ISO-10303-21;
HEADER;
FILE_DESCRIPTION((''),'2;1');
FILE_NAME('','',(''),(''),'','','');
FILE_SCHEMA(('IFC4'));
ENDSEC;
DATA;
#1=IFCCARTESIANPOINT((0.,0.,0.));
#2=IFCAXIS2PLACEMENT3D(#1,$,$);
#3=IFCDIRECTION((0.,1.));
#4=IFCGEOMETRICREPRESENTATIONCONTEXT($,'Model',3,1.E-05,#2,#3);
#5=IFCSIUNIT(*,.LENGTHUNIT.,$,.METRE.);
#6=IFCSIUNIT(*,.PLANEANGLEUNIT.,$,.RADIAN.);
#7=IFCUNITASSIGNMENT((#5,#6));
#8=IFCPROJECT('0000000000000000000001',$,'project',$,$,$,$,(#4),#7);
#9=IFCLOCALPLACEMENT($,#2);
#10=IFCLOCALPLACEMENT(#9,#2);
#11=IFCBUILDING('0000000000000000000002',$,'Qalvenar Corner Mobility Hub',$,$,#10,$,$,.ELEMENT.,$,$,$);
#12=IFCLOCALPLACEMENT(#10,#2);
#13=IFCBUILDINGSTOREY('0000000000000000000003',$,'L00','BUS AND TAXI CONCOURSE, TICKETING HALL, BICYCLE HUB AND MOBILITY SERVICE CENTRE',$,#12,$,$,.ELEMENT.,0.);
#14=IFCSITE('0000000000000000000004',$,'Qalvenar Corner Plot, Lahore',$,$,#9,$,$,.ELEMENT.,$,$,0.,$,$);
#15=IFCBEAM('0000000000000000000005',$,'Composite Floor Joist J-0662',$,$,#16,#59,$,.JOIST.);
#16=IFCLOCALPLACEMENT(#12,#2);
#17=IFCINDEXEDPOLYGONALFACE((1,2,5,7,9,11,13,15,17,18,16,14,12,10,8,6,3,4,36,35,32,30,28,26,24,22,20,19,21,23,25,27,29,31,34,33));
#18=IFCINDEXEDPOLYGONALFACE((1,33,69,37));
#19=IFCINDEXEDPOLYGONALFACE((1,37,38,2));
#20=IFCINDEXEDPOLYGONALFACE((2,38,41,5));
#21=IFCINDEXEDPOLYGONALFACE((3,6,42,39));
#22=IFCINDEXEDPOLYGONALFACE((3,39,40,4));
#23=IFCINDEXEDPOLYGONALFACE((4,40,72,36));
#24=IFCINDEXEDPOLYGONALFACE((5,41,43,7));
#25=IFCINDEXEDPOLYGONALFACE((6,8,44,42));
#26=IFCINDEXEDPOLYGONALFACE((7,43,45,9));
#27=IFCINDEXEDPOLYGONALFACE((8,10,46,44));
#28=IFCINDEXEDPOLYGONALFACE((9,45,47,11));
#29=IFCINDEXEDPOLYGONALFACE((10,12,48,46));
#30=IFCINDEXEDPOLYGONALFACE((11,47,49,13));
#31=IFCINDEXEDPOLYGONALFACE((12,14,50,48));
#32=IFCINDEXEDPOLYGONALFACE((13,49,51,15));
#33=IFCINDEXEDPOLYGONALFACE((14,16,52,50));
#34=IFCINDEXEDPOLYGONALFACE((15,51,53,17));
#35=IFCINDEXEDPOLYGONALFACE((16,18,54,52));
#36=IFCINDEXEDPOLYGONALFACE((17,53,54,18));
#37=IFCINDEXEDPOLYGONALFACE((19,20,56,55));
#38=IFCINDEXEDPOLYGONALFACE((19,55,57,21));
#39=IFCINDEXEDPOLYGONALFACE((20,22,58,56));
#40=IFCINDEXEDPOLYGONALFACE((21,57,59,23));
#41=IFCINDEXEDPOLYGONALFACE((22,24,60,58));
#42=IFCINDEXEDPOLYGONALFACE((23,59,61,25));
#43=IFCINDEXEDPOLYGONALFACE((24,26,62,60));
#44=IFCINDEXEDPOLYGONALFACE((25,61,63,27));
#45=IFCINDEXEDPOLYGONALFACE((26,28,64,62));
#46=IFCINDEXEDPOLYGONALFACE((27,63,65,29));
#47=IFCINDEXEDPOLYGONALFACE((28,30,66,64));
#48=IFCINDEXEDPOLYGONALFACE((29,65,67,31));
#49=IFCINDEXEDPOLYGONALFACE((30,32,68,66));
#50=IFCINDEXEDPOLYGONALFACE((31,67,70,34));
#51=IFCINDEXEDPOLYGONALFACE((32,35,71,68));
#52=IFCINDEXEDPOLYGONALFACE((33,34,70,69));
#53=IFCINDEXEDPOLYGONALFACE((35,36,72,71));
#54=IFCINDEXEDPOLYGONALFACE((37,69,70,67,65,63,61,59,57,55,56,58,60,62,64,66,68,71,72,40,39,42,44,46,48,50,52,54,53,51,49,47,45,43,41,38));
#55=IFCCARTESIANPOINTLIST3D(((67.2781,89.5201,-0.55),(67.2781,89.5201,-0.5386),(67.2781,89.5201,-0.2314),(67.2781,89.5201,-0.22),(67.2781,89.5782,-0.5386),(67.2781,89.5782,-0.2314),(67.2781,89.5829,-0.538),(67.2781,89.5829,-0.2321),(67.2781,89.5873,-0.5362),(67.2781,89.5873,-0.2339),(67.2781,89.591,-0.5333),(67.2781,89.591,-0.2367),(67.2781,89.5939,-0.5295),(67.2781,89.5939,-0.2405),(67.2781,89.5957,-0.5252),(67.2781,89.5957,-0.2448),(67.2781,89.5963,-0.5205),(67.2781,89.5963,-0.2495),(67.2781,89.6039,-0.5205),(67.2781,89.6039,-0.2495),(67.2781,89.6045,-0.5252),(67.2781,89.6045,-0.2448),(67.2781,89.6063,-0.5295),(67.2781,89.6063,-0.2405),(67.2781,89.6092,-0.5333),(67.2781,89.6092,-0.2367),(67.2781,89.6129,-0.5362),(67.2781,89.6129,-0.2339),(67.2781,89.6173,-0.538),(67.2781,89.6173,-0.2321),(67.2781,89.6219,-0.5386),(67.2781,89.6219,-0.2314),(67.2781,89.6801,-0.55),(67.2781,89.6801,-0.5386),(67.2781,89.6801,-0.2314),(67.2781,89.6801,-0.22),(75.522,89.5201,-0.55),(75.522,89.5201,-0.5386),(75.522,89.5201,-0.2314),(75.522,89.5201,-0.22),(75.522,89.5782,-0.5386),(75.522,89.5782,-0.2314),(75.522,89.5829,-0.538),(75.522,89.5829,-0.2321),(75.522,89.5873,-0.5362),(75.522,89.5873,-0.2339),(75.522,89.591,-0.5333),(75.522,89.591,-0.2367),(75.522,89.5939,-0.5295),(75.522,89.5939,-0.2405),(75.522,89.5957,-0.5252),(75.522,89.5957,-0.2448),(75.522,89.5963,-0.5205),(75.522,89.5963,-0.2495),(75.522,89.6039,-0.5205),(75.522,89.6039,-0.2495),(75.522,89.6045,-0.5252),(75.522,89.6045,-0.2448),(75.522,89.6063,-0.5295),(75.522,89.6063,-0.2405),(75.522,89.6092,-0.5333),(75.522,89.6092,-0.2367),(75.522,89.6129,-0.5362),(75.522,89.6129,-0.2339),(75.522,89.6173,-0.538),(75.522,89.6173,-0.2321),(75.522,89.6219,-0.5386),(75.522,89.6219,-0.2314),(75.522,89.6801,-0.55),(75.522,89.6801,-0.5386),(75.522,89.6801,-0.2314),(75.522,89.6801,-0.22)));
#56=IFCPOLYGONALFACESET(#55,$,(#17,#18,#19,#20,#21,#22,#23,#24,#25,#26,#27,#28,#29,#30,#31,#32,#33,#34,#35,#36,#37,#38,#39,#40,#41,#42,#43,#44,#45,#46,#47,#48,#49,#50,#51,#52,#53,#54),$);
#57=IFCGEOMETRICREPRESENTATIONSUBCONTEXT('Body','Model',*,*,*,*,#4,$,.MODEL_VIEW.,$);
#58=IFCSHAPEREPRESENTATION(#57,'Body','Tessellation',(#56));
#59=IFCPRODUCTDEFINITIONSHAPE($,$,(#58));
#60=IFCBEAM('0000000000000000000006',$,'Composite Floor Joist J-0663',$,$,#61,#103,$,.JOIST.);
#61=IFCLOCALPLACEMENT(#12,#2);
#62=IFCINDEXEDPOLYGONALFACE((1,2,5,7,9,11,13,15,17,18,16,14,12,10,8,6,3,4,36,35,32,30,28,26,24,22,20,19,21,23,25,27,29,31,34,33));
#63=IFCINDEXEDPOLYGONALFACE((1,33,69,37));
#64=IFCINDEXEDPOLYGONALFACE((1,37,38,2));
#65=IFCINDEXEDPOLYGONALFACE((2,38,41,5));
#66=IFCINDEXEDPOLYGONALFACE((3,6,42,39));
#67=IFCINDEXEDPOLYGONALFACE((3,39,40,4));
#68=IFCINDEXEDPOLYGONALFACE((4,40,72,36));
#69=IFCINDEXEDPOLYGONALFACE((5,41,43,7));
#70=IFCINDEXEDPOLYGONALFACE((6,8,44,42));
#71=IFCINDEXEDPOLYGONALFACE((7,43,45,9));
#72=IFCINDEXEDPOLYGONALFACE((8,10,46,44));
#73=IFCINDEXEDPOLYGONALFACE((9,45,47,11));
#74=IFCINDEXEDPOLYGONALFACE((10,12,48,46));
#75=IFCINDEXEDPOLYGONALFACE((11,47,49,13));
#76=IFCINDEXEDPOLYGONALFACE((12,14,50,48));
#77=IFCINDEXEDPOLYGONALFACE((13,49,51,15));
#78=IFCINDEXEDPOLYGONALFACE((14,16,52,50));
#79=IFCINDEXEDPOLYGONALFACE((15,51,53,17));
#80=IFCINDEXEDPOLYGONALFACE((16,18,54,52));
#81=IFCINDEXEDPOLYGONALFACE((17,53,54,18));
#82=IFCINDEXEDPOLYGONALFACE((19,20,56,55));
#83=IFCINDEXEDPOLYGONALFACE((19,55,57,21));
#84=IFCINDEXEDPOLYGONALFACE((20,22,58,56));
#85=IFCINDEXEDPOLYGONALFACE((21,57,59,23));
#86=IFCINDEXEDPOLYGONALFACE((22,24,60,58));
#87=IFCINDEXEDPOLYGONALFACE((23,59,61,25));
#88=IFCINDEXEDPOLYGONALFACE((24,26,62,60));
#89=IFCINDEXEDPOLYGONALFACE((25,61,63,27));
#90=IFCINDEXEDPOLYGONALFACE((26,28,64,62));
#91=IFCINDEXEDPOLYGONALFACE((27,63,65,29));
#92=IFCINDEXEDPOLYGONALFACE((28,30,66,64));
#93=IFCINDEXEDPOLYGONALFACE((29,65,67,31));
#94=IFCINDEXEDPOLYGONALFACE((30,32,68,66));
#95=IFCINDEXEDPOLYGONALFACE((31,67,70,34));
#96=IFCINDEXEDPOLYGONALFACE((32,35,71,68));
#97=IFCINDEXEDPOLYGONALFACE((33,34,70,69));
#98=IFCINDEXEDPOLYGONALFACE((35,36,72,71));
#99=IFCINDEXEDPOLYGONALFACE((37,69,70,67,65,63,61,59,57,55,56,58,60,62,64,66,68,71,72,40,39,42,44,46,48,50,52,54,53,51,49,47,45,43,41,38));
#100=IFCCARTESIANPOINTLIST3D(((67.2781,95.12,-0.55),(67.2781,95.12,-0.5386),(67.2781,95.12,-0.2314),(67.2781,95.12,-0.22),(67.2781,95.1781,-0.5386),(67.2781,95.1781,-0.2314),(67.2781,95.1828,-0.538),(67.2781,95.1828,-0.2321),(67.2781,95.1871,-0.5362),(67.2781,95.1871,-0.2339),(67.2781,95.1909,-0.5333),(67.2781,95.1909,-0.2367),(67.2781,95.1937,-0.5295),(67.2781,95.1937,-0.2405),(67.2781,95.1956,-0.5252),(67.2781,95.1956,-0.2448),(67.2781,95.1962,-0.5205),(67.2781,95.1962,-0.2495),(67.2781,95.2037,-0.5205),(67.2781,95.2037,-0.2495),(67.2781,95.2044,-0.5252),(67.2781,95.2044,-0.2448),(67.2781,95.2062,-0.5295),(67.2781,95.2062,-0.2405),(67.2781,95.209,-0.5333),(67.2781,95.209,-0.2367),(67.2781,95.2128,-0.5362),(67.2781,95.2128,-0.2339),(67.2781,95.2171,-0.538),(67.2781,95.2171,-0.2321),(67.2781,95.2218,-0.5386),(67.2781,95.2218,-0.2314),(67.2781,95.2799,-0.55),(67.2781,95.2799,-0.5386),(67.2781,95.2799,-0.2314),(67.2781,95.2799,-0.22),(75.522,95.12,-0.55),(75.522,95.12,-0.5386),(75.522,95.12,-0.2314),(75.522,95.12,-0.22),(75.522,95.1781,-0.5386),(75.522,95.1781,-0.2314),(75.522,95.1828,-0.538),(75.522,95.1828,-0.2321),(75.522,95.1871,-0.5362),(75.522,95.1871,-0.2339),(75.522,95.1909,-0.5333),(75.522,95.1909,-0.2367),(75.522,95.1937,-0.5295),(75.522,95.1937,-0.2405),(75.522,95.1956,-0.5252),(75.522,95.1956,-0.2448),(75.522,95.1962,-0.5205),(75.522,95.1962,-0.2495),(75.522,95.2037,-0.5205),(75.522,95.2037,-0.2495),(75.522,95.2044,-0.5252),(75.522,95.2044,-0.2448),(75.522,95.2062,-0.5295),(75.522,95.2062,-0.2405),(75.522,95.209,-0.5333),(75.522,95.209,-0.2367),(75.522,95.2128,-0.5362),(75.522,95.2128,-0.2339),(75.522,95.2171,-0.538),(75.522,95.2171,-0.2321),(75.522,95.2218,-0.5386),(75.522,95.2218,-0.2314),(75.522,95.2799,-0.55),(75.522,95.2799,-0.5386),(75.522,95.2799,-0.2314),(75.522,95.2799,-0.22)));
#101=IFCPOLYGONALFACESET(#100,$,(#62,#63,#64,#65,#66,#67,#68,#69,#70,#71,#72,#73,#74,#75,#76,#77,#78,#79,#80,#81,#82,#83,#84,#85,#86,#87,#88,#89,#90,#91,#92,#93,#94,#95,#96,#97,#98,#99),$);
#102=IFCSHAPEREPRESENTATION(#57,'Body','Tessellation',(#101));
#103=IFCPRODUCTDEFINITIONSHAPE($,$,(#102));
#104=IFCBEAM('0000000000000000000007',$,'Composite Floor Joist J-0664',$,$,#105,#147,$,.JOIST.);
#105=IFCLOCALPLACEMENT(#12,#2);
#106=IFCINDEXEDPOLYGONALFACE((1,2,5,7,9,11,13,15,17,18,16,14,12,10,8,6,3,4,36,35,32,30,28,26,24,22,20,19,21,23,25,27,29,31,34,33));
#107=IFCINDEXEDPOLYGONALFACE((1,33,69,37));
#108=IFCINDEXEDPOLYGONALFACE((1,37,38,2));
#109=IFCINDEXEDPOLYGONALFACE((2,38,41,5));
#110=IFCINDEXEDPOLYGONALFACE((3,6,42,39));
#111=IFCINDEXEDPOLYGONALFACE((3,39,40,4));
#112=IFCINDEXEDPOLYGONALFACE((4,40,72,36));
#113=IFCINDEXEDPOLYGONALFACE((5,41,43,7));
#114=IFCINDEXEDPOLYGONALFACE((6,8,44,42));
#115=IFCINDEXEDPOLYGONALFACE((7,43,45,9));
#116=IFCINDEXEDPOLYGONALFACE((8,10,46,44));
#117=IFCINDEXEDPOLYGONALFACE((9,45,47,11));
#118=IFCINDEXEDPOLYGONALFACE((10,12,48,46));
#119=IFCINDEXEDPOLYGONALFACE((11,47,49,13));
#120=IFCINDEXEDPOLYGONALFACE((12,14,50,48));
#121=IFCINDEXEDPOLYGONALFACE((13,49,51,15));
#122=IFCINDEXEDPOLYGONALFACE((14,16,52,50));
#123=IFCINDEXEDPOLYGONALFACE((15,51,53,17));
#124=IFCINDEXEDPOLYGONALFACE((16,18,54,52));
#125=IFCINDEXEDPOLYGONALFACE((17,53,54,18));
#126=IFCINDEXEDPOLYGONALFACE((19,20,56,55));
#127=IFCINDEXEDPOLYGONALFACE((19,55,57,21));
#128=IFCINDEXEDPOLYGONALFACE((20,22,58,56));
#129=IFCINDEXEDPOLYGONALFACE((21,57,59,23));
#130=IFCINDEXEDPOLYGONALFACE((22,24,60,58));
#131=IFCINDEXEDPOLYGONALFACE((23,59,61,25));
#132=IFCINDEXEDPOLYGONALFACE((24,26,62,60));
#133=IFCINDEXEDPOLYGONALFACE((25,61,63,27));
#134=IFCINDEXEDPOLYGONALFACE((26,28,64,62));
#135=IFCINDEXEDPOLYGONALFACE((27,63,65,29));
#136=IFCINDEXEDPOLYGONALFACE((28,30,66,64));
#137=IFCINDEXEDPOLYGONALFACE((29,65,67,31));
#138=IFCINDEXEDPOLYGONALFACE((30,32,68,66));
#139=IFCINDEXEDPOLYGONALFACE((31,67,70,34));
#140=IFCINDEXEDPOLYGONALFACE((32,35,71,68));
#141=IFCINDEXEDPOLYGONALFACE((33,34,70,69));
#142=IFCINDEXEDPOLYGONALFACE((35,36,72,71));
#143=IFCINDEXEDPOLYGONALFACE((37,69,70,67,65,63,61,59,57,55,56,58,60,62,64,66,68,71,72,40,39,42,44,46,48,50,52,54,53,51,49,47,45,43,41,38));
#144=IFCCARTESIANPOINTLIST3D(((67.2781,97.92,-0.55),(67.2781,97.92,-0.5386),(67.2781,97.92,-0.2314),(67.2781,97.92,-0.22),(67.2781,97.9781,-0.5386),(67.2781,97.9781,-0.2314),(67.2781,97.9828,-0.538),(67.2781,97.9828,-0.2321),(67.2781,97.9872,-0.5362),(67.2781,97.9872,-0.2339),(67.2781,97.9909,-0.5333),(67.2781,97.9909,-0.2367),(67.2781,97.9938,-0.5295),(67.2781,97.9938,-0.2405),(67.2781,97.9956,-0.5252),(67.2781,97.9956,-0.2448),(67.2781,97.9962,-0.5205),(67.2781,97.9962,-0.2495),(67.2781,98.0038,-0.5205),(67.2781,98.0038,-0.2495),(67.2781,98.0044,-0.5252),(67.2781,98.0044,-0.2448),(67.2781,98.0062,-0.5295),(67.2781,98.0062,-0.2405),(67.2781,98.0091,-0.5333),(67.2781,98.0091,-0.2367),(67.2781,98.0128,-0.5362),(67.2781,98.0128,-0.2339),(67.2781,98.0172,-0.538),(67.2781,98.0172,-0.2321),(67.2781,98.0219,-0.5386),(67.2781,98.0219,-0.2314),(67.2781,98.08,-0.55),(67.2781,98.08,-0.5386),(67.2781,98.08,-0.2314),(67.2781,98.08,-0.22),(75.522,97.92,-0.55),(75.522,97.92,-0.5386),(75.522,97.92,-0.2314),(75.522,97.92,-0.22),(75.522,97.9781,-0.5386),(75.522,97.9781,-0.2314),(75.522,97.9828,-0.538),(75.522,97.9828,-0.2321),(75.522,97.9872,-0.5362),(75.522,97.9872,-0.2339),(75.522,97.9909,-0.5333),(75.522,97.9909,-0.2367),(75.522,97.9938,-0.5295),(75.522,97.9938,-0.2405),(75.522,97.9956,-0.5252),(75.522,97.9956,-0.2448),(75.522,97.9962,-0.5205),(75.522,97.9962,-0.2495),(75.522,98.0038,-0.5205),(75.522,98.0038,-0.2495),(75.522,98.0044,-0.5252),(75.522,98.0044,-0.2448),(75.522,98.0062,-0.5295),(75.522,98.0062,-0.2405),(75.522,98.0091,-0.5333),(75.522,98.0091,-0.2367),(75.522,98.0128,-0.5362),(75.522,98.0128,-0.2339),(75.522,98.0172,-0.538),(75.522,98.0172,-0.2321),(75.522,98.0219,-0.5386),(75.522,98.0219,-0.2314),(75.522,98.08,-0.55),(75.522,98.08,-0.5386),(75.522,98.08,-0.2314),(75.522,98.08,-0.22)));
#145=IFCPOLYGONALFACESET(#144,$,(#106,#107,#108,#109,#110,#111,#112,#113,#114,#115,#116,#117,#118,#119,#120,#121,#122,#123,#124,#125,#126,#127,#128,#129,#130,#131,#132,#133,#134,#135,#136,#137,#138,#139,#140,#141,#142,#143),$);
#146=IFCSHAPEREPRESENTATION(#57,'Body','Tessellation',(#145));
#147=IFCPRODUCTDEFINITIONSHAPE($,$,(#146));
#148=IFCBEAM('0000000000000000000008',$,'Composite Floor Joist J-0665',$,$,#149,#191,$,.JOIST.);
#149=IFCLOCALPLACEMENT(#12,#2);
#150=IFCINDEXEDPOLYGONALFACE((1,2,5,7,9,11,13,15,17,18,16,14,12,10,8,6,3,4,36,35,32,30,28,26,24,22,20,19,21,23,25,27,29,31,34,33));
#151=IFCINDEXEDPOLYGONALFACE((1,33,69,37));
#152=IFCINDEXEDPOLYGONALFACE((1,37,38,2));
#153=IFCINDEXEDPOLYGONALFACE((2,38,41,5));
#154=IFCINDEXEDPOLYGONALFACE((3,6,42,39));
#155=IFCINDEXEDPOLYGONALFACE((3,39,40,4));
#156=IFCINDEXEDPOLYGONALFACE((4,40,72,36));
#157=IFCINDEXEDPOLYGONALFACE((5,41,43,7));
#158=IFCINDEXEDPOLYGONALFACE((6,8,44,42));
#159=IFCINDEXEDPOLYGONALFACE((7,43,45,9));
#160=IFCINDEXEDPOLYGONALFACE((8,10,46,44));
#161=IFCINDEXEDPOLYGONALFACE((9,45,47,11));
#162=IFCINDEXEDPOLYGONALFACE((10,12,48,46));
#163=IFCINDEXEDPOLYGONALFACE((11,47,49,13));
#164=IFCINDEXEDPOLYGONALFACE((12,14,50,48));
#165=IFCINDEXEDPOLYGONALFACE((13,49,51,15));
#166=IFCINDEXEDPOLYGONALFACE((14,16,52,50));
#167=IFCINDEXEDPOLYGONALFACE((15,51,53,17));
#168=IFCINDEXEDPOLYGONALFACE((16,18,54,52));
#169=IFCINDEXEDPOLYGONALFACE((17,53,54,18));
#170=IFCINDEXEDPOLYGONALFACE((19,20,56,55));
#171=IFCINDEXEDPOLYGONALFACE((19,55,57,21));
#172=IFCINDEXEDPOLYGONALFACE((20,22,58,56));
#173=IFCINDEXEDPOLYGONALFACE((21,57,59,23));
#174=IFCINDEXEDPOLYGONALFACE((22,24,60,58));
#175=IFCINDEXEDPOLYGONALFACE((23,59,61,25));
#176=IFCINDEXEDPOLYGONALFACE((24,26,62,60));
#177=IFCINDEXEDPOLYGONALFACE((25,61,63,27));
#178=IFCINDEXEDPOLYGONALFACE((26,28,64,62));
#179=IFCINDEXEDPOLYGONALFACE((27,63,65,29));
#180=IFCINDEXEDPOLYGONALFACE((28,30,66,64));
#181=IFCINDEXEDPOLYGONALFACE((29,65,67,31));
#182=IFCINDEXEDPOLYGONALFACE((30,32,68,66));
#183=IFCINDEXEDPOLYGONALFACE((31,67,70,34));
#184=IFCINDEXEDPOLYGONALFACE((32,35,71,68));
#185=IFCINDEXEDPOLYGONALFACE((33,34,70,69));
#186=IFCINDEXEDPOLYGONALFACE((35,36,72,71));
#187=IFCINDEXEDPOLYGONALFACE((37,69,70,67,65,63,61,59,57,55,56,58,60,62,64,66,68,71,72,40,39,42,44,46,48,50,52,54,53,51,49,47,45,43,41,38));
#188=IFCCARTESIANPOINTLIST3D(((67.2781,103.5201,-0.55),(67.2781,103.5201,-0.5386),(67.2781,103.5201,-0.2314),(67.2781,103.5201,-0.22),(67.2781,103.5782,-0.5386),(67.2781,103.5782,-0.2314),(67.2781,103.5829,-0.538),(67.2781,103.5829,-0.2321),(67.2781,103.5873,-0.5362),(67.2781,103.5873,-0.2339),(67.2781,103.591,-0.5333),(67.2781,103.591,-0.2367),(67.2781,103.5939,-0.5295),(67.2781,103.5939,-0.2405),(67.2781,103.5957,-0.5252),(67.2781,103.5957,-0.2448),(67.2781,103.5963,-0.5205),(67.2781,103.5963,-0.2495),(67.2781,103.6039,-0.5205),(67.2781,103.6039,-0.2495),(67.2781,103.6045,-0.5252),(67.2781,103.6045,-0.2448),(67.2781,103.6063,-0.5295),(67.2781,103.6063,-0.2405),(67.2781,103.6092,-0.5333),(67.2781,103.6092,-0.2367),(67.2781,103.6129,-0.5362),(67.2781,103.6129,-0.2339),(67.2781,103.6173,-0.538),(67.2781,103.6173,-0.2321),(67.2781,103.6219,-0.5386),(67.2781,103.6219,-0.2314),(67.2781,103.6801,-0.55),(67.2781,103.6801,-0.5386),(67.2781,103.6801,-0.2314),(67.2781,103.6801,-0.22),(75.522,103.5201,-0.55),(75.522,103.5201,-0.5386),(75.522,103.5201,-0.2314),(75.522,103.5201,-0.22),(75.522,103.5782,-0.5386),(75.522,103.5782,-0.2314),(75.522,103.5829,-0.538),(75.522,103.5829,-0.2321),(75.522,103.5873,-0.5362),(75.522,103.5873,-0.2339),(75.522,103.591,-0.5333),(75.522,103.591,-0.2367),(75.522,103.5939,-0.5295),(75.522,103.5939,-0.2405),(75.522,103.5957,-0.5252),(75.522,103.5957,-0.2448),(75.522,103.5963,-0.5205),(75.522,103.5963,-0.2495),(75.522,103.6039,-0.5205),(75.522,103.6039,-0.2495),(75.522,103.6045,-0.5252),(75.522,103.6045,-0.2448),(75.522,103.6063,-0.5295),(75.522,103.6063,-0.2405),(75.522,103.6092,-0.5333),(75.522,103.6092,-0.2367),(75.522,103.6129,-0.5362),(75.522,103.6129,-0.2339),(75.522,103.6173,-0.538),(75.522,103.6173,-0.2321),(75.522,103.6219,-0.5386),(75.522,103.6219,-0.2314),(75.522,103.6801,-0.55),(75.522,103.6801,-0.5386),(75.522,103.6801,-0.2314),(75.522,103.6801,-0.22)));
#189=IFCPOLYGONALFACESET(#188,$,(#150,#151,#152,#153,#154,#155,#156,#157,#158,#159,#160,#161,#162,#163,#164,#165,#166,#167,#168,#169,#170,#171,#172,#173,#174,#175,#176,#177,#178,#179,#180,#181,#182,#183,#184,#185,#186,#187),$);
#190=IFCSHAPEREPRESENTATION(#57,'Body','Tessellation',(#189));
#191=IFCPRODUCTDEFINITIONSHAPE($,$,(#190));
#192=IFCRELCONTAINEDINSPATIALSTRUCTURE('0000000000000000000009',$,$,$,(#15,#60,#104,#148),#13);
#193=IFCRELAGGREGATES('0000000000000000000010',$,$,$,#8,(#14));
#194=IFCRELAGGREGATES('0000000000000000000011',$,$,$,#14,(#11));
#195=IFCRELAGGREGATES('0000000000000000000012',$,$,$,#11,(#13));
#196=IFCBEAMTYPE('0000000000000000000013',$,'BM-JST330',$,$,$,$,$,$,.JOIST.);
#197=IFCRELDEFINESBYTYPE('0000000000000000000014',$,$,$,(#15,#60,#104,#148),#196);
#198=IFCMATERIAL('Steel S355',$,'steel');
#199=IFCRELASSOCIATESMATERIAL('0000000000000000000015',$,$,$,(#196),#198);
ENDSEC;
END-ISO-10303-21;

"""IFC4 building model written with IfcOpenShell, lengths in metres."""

from ifc_helpers import new_model, si_unit, direction, frame, origin, origin_2d, place, context, subcontext, project, spatial, i_section, extrude, material, material_profile, profile_set, type_object, element, save


model = new_model("IFC4")

# Units and contexts
model_context = context("Model", 3, precision=1e-05, world=origin(), true_north=direction((0.0, 1.0)))
body_context = subcontext(model_context, "Body", "Model", "MODEL_VIEW")
ifc_project = project(units=[si_unit("LENGTHUNIT", "METRE"), si_unit("PLANEANGLEUNIT", "RADIAN")], contexts=[model_context])

# Site, building, storey
site_placement = place(None, origin())
site = spatial("IfcSite", under=ifc_project, at=site_placement, Name="Qalvenar Corner Plot, Lahore", CompositionType="ELEMENT", RefElevation=0.0)
building_placement = place(site_placement, origin())
building = spatial("IfcBuilding", under=site, at=building_placement, Name="Qalvenar Corner Mobility Hub", CompositionType="ELEMENT")
storey_placement = place(building_placement, origin())
storey = spatial("IfcBuildingStorey", under=building, at=storey_placement, Name="L00", Description="BUS AND TAXI CONCOURSE, TICKETING HALL, BICYCLE HUB AND MOBILITY SERVICE CENTRE", CompositionType="ELEMENT", Elevation=0.0)

# Shared definitions
ifc_material_1 = material(Name="Steel S355", Category="steel")

# Beams
ifc_material_profile_1 = material_profile(ifc_material_1, i_section(OverallWidth=0.1599, OverallDepth=0.3301, WebThickness=0.0076, FlangeThickness=0.0115, FilletRadius=0.0181, at=origin_2d()), Name="IPE330")
ifc_profile_set_1 = profile_set([ifc_material_profile_1], Name="Steel S355")
beam_type_1 = type_object("IfcBeamType", Name="BM-JST330", PredefinedType="JOIST", material=ifc_profile_set_1)
for number, where, z_axis, x_axis, name in (
    (1, (67.2781, 89.6001, -0.385), (1.0, 0.0, 0.0), (0.0, 1.0, 0.0), "Composite Floor Joist J-0662"),
    (2, (67.2781, 95.2, -0.385), (1.0, 0.0, 0.0), (0.0, 1.0, 0.0), "Composite Floor Joist J-0663"),
    (3, (67.2781, 98.0, -0.385), (1.0, 0.0, 0.0), (0.0, 1.0, 0.0), "Composite Floor Joist J-0664"),
    (4, (67.2781, 103.6001, -0.385), (1.0, 0.0, 0.0), (0.0, 1.0, 0.0), "Composite Floor Joist J-0665"),
):
    element("IfcBeam", number, at=place(storey_placement, frame(where, z_axis=z_axis, x_axis=x_axis)), inside=storey, type_object=beam_type_1, Name=name, PredefinedType="JOIST", context=body_context, shape_type="SweptSolid", body=[
        extrude(i_section(OverallWidth=0.1599, OverallDepth=0.3301, WebThickness=0.0076, FlangeThickness=0.0115, FilletRadius=0.0181, at=origin_2d()), origin(), (0.0, 0.0, 1.0), 8.2439),
    ])

save(model, "model.ifc")
